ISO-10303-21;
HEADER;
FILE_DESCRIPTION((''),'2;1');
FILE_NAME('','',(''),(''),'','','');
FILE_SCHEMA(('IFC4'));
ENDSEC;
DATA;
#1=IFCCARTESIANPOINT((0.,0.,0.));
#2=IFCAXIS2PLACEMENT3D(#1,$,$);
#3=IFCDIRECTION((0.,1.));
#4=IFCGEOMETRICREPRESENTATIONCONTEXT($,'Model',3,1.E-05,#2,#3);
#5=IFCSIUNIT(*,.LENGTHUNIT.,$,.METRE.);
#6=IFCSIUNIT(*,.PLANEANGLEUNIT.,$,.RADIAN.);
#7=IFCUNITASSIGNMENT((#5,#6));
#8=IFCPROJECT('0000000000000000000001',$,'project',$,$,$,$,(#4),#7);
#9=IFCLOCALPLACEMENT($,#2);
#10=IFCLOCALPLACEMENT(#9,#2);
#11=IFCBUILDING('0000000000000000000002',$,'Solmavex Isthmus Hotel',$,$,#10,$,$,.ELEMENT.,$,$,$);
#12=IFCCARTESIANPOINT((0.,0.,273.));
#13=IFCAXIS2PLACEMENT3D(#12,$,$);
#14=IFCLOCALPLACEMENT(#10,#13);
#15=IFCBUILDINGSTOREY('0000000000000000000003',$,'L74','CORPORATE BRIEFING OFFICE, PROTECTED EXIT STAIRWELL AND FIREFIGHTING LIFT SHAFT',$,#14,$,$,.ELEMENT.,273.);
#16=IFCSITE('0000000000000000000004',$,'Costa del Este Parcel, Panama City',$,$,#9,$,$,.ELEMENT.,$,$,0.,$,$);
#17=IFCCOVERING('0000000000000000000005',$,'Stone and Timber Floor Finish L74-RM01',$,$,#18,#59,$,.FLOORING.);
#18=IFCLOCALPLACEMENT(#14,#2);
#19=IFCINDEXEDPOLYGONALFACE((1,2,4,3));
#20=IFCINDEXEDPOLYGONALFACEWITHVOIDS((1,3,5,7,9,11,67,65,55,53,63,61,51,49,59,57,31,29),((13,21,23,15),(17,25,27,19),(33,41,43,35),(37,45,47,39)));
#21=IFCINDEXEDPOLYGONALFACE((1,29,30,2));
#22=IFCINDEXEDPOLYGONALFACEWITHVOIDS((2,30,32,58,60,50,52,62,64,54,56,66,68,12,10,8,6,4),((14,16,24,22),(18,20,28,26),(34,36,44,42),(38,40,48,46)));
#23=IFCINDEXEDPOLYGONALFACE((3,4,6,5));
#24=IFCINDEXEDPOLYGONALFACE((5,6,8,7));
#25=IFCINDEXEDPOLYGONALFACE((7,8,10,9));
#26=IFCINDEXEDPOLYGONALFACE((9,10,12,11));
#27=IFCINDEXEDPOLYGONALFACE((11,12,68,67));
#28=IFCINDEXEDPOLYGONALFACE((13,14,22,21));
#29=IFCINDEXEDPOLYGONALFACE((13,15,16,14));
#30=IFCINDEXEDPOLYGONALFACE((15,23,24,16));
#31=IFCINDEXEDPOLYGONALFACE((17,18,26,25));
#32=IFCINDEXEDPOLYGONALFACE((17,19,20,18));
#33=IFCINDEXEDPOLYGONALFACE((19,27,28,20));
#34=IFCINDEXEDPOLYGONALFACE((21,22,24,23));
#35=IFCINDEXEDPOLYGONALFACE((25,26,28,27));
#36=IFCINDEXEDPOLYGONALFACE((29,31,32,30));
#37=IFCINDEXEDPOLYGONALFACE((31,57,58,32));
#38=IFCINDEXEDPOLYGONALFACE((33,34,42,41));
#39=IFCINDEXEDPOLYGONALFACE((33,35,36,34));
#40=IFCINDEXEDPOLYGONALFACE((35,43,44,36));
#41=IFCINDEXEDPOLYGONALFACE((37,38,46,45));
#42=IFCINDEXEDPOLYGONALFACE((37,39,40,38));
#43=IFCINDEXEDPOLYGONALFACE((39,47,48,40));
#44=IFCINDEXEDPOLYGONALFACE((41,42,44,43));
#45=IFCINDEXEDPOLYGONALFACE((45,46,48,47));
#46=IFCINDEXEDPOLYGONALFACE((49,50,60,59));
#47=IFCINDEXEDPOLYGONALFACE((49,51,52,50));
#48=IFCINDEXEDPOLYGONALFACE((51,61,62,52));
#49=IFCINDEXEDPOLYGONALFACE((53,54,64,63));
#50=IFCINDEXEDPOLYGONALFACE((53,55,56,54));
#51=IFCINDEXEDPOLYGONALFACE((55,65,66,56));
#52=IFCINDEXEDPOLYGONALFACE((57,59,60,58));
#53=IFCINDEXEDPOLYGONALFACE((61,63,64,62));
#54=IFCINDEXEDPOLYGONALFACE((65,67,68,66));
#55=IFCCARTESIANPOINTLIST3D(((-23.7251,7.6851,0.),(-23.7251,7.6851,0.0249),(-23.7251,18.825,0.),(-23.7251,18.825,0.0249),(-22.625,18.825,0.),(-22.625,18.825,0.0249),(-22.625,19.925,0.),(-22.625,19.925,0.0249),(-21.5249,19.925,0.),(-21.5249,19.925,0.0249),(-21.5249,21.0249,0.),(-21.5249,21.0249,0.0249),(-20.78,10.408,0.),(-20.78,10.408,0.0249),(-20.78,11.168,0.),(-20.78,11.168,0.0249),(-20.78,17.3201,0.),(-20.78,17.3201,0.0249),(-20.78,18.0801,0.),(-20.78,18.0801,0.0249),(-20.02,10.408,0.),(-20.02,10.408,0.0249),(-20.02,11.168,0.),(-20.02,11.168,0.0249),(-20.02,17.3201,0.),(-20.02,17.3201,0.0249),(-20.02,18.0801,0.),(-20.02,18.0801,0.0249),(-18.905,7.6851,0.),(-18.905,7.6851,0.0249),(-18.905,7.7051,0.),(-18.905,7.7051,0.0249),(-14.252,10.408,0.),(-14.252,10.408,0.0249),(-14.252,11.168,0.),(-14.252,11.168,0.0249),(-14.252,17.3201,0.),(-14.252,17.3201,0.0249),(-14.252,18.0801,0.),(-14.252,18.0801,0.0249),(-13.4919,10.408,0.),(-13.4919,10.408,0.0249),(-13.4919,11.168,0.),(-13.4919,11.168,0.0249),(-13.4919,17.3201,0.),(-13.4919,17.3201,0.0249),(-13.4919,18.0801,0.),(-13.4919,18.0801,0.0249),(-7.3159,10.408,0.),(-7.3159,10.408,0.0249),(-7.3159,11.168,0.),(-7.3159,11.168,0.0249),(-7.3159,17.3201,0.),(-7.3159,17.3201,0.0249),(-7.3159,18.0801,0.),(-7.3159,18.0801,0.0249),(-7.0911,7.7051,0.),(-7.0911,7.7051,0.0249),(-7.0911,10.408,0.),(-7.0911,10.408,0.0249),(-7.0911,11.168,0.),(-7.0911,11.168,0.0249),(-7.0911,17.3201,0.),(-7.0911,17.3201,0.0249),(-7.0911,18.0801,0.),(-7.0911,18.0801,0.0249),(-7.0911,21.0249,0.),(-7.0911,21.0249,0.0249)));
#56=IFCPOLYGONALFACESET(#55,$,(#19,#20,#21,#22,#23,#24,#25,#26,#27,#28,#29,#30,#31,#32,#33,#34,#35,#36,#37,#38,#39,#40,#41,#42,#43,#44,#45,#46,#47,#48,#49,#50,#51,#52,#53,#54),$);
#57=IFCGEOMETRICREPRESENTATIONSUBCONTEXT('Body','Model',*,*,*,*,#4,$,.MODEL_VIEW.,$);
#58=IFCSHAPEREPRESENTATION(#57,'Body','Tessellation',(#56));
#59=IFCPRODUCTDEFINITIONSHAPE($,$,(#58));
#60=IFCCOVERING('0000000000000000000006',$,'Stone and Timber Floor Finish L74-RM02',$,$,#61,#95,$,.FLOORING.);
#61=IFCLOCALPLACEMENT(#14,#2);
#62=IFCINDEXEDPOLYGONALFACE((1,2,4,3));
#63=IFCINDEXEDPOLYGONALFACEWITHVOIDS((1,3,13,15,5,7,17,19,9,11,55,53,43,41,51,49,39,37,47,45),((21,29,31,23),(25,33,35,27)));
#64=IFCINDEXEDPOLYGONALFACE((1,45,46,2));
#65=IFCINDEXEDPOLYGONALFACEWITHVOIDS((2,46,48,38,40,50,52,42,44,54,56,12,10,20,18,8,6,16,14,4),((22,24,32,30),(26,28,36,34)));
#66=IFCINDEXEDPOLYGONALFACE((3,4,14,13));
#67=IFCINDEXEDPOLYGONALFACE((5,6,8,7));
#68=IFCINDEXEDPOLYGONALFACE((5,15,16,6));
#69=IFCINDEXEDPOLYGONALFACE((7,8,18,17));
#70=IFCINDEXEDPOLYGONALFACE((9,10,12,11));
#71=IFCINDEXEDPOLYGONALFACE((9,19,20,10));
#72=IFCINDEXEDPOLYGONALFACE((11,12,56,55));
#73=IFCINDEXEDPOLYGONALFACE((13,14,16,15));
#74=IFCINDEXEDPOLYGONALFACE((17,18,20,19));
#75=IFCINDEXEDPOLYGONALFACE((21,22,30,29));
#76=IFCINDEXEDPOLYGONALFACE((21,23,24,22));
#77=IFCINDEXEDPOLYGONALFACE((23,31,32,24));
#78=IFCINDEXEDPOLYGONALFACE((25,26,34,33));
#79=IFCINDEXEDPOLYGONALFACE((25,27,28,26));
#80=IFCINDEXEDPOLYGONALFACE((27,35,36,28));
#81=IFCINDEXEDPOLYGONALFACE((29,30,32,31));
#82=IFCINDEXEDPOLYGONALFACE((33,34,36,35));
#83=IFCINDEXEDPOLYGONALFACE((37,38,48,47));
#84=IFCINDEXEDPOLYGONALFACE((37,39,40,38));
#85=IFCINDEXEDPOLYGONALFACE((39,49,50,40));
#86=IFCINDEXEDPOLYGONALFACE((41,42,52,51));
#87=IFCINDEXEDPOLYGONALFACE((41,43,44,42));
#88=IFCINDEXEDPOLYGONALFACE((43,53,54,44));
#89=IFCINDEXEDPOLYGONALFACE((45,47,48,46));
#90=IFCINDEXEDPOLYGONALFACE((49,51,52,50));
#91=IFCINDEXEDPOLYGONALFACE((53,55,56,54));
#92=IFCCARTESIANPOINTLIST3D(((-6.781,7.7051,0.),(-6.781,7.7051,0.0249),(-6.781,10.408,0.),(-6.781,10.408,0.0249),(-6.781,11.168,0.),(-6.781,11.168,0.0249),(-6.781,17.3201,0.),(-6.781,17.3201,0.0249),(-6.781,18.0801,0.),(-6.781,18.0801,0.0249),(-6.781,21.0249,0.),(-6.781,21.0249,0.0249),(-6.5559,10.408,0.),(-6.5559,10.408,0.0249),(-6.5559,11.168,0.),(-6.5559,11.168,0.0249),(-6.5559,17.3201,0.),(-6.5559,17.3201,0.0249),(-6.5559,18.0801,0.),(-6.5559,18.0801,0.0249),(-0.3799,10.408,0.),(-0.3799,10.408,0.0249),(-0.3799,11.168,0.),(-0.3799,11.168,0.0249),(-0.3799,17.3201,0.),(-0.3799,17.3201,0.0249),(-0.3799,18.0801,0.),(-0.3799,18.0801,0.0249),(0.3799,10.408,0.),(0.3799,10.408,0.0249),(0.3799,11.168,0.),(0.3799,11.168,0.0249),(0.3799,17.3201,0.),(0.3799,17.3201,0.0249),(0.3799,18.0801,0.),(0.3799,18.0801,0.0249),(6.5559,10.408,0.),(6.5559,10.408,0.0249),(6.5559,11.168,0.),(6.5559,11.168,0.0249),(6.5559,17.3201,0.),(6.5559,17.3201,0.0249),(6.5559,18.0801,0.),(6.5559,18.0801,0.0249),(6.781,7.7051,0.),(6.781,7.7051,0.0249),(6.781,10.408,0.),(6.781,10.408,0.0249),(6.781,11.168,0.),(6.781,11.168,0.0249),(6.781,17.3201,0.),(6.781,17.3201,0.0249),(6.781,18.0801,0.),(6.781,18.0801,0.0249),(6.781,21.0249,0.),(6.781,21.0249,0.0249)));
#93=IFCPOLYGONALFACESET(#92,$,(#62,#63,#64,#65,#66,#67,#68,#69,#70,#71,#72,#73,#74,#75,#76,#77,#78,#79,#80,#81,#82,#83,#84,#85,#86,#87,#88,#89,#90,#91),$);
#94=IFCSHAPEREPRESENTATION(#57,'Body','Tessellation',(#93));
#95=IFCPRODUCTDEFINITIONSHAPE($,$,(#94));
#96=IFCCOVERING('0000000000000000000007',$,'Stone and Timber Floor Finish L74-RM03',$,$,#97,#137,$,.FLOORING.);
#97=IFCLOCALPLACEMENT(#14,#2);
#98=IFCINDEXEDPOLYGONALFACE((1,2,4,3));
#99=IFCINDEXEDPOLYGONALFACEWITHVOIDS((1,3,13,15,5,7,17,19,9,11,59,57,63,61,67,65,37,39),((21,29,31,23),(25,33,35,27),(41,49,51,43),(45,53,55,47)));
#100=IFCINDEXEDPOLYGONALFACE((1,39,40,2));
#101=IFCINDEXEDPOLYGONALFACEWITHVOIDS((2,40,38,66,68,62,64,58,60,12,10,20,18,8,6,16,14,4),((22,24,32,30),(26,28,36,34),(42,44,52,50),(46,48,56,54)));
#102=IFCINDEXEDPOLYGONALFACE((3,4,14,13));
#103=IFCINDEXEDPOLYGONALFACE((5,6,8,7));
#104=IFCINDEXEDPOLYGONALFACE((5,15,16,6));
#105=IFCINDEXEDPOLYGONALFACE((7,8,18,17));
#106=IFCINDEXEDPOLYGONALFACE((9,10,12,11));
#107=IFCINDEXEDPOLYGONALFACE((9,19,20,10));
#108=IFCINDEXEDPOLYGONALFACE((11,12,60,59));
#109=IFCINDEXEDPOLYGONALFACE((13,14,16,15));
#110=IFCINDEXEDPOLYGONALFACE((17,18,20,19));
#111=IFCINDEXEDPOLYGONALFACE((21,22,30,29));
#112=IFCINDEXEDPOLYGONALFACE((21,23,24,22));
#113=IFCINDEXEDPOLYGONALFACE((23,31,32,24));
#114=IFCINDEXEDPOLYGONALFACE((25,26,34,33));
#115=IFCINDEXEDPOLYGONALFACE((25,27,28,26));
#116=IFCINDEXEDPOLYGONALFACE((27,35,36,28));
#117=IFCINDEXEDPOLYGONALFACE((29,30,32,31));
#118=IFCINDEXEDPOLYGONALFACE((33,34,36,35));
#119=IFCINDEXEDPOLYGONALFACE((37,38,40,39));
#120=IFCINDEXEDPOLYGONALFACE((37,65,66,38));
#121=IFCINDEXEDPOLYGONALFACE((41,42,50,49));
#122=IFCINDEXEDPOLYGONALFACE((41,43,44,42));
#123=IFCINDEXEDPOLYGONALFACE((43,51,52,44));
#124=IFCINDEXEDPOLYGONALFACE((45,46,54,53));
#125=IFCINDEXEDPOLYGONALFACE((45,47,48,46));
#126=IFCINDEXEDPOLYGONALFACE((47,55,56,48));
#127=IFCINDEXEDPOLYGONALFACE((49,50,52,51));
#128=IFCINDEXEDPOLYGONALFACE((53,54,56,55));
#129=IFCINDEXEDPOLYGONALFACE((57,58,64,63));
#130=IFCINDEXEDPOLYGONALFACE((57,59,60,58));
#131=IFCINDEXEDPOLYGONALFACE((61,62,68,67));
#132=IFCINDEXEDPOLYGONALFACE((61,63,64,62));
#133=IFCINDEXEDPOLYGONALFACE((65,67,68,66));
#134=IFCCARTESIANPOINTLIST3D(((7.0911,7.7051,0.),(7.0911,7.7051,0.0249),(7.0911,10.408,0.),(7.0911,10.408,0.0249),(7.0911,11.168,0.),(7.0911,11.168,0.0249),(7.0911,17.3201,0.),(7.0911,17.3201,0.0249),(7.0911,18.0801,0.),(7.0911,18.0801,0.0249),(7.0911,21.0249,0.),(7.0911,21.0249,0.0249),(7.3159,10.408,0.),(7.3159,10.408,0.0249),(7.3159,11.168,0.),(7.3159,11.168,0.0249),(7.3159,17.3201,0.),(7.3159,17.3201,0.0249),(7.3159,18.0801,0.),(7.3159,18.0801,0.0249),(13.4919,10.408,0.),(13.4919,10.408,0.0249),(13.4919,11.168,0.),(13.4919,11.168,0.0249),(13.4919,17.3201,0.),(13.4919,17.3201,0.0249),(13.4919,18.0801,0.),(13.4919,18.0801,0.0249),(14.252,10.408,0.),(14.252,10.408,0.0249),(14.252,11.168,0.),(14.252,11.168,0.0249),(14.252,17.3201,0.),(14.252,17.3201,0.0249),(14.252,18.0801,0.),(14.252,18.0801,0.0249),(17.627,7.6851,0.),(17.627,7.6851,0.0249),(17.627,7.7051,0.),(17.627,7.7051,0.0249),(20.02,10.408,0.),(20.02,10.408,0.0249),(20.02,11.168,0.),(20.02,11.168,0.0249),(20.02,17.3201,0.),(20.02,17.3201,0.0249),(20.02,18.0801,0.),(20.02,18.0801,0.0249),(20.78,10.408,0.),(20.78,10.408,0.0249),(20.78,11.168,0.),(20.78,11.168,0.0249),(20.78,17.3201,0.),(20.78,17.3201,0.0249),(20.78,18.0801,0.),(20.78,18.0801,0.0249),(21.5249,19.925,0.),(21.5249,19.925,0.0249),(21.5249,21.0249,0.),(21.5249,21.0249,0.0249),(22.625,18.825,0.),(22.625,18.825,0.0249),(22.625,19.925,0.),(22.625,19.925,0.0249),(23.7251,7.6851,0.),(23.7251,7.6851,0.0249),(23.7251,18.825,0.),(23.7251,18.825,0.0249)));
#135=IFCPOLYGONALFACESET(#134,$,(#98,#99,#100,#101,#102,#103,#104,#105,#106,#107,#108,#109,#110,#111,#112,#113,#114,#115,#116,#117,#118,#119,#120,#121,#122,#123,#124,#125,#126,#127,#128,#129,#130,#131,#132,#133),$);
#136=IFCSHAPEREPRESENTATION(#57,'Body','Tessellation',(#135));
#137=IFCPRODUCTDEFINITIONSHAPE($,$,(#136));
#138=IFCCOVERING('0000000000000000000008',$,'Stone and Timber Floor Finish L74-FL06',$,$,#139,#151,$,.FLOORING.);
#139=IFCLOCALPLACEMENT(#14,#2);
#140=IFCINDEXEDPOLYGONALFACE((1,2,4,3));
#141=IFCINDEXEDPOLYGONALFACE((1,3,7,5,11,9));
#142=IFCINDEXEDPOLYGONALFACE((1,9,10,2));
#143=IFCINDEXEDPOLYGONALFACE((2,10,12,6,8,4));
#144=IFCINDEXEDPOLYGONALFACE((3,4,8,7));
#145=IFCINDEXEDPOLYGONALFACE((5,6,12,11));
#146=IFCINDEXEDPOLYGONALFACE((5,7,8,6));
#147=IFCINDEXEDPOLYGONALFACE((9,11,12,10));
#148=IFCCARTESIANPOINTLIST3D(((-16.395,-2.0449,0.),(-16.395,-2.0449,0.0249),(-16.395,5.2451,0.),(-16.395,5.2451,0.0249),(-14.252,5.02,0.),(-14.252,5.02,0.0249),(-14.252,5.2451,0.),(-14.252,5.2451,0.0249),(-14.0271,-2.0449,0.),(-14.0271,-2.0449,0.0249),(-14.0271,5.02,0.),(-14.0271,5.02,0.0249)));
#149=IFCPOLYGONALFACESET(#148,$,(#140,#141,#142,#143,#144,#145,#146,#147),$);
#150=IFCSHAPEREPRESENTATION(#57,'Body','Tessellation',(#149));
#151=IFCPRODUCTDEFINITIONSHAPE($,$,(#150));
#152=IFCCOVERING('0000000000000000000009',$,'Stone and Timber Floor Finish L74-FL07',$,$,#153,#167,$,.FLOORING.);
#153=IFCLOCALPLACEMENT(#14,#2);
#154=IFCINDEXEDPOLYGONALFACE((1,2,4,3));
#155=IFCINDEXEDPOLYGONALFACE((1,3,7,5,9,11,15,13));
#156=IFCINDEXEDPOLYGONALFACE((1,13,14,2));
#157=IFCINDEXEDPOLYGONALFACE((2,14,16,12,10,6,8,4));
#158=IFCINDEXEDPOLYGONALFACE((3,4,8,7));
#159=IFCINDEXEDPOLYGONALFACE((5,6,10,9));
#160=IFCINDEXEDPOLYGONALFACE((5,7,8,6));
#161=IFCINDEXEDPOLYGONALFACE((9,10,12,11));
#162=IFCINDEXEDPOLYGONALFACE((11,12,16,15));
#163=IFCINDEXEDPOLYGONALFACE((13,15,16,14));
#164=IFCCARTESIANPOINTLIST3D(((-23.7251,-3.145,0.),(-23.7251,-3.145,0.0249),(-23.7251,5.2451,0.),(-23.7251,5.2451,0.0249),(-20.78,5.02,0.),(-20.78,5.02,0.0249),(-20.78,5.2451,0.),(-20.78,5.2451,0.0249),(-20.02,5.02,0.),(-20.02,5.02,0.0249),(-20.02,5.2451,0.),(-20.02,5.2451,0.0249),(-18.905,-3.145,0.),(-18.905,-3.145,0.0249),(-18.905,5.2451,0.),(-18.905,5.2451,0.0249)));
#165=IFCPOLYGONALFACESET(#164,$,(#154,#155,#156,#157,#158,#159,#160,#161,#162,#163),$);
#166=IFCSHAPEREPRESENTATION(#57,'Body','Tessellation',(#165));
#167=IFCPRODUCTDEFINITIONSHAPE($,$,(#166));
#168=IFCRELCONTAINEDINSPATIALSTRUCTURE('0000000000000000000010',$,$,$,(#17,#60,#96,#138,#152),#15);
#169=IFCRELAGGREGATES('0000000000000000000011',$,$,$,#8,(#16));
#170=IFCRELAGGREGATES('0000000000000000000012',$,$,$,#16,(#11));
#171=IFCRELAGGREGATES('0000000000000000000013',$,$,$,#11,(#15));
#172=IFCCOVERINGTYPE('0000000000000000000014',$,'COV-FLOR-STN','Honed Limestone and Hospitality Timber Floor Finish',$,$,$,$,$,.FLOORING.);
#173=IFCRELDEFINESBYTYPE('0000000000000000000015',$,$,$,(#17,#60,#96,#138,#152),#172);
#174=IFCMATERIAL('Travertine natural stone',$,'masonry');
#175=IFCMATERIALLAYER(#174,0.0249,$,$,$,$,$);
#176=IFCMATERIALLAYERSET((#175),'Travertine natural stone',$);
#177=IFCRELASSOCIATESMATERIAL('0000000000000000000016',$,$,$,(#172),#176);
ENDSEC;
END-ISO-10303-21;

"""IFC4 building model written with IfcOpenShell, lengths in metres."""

from ifc_helpers import new_model, si_unit, direction, frame, origin, place, context, subcontext, project, spatial, polyline, outline, extrude, material, layer, layer_set, type_object, element, save


model = new_model("IFC4")

# Units and contexts
model_context = context("Model", 3, precision=1e-05, world=origin(), true_north=direction((0.0, 1.0)))
body_context = subcontext(model_context, "Body", "Model", "MODEL_VIEW")
ifc_project = project(units=[si_unit("LENGTHUNIT", "METRE"), si_unit("PLANEANGLEUNIT", "RADIAN")], contexts=[model_context])

# Site, building, storey
site_placement = place(None, origin())
site = spatial("IfcSite", under=ifc_project, at=site_placement, Name="Costa del Este Parcel, Panama City", CompositionType="ELEMENT", RefElevation=0.0)
building_placement = place(site_placement, origin())
building = spatial("IfcBuilding", under=site, at=building_placement, Name="Solmavex Isthmus Hotel", CompositionType="ELEMENT")
storey_placement = place(building_placement, frame((0.0, 0.0, 273.0)))
storey = spatial("IfcBuildingStorey", under=building, at=storey_placement, Name="L74", Description="CORPORATE BRIEFING OFFICE, PROTECTED EXIT STAIRWELL AND FIREFIGHTING LIFT SHAFT", CompositionType="ELEMENT", Elevation=273.0)

# Coverings
ifc_material_1 = material(Name="Travertine natural stone", Category="masonry")
ifc_layer_1 = layer(ifc_material_1, 0.0249)
ifc_layer_set_1 = layer_set([ifc_layer_1], Name="Travertine natural stone")
covering_type_1 = type_object("IfcCoveringType", Name="COV-FLOR-STN", Description="Honed Limestone and Hospitality Timber Floor Finish", PredefinedType="FLOORING", material=ifc_layer_set_1)
covering_1_placement = place(storey_placement, origin())
element("IfcCovering", 1, at=covering_1_placement, inside=storey, type_object=covering_type_1, Name="Stone and Timber Floor Finish L74-RM01", PredefinedType="FLOORING", context=body_context, shape_type="SweptSolid", body=[
    extrude(outline(polyline([(-18.905, 7.6851), (-18.905, 7.7051), (-7.0911, 7.7051), (-7.0911, 10.408), (-7.3159, 10.408), (-7.3159, 11.168), (-7.0911, 11.168), (-7.0911, 17.3201), (-7.3159, 17.3201), (-7.3159, 18.0801), (-7.0911, 18.0801), (-7.0911, 21.0249), (-21.5249, 21.0249), (-21.5249, 19.925), (-22.625, 19.925), (-22.625, 18.825), (-23.7251, 18.825), (-23.7251, 7.6851), (-18.905, 7.6851)]), holes=[polyline([(-14.252, 10.408), (-14.252, 11.168), (-13.4919, 11.168), (-13.4919, 10.408), (-14.252, 10.408)]), polyline([(-14.252, 17.3201), (-14.252, 18.0801), (-13.4919, 18.0801), (-13.4919, 17.3201), (-14.252, 17.3201)]), polyline([(-20.78, 10.408), (-20.78, 11.168), (-20.02, 11.168), (-20.02, 10.408), (-20.78, 10.408)]), polyline([(-20.78, 17.3201), (-20.78, 18.0801), (-20.02, 18.0801), (-20.02, 17.3201), (-20.78, 17.3201)])]), origin(), (0.0, 0.0, 1.0), 0.0249),
])
covering_2_placement = place(storey_placement, origin())
element("IfcCovering", 2, at=covering_2_placement, inside=storey, type_object=covering_type_1, Name="Stone and Timber Floor Finish L74-RM02", PredefinedType="FLOORING", context=body_context, shape_type="SweptSolid", body=[
    extrude(outline(polyline([(-6.781, 11.168), (-6.5559, 11.168), (-6.5559, 10.408), (-6.781, 10.408), (-6.781, 7.7051), (6.781, 7.7051), (6.781, 10.408), (6.5559, 10.408), (6.5559, 11.168), (6.781, 11.168), (6.781, 17.3201), (6.5559, 17.3201), (6.5559, 18.0801), (6.781, 18.0801), (6.781, 21.0249), (-6.781, 21.0249), (-6.781, 18.0801), (-6.5559, 18.0801), (-6.5559, 17.3201), (-6.781, 17.3201), (-6.781, 11.168)]), holes=[polyline([(-0.3799, 10.408), (-0.3799, 11.168), (0.3799, 11.168), (0.3799, 10.408), (-0.3799, 10.408)]), polyline([(-0.3799, 17.3201), (-0.3799, 18.0801), (0.3799, 18.0801), (0.3799, 17.3201), (-0.3799, 17.3201)])]), origin(), (0.0, 0.0, 1.0), 0.0249),
])
covering_3_placement = place(storey_placement, origin())
element("IfcCovering", 3, at=covering_3_placement, inside=storey, type_object=covering_type_1, Name="Stone and Timber Floor Finish L74-RM03", PredefinedType="FLOORING", context=body_context, shape_type="SweptSolid", body=[
    extrude(outline(polyline([(7.0911, 11.168), (7.3159, 11.168), (7.3159, 10.408), (7.0911, 10.408), (7.0911, 7.7051), (17.627, 7.7051), (17.627, 7.6851), (23.7251, 7.6851), (23.7251, 18.825), (22.625, 18.825), (22.625, 19.925), (21.5249, 19.925), (21.5249, 21.0249), (7.0911, 21.0249), (7.0911, 18.0801), (7.3159, 18.0801), (7.3159, 17.3201), (7.0911, 17.3201), (7.0911, 11.168)]), holes=[polyline([(20.02, 10.408), (20.02, 11.168), (20.78, 11.168), (20.78, 10.408), (20.02, 10.408)]), polyline([(20.02, 17.3201), (20.02, 18.0801), (20.78, 18.0801), (20.78, 17.3201), (20.02, 17.3201)]), polyline([(13.4919, 10.408), (13.4919, 11.168), (14.252, 11.168), (14.252, 10.408), (13.4919, 10.408)]), polyline([(13.4919, 17.3201), (13.4919, 18.0801), (14.252, 18.0801), (14.252, 17.3201), (13.4919, 17.3201)])]), origin(), (0.0, 0.0, 1.0), 0.0249),
])
covering_4_placement = place(storey_placement, origin())
element("IfcCovering", 4, at=covering_4_placement, inside=storey, type_object=covering_type_1, Name="Stone and Timber Floor Finish L74-FL06", PredefinedType="FLOORING", context=body_context, shape_type="SweptSolid", body=[
    extrude(outline(polyline([(-16.395, -2.0449), (-14.0271, -2.0449), (-14.0271, 5.02), (-14.252, 5.02), (-14.252, 5.2451), (-16.395, 5.2451), (-16.395, -2.0449)])), origin(), (0.0, 0.0, 1.0), 0.0249),
])
covering_5_placement = place(storey_placement, origin())
element("IfcCovering", 5, at=covering_5_placement, inside=storey, type_object=covering_type_1, Name="Stone and Timber Floor Finish L74-FL07", PredefinedType="FLOORING", context=body_context, shape_type="SweptSolid", body=[
    extrude(outline(polyline([(-20.02, 5.2451), (-20.02, 5.02), (-20.78, 5.02), (-20.78, 5.2451), (-23.7251, 5.2451), (-23.7251, -3.145), (-18.905, -3.145), (-18.905, 5.2451), (-20.02, 5.2451)])), origin(), (0.0, 0.0, 1.0), 0.0249),
])

save(model, "model.ifc")
